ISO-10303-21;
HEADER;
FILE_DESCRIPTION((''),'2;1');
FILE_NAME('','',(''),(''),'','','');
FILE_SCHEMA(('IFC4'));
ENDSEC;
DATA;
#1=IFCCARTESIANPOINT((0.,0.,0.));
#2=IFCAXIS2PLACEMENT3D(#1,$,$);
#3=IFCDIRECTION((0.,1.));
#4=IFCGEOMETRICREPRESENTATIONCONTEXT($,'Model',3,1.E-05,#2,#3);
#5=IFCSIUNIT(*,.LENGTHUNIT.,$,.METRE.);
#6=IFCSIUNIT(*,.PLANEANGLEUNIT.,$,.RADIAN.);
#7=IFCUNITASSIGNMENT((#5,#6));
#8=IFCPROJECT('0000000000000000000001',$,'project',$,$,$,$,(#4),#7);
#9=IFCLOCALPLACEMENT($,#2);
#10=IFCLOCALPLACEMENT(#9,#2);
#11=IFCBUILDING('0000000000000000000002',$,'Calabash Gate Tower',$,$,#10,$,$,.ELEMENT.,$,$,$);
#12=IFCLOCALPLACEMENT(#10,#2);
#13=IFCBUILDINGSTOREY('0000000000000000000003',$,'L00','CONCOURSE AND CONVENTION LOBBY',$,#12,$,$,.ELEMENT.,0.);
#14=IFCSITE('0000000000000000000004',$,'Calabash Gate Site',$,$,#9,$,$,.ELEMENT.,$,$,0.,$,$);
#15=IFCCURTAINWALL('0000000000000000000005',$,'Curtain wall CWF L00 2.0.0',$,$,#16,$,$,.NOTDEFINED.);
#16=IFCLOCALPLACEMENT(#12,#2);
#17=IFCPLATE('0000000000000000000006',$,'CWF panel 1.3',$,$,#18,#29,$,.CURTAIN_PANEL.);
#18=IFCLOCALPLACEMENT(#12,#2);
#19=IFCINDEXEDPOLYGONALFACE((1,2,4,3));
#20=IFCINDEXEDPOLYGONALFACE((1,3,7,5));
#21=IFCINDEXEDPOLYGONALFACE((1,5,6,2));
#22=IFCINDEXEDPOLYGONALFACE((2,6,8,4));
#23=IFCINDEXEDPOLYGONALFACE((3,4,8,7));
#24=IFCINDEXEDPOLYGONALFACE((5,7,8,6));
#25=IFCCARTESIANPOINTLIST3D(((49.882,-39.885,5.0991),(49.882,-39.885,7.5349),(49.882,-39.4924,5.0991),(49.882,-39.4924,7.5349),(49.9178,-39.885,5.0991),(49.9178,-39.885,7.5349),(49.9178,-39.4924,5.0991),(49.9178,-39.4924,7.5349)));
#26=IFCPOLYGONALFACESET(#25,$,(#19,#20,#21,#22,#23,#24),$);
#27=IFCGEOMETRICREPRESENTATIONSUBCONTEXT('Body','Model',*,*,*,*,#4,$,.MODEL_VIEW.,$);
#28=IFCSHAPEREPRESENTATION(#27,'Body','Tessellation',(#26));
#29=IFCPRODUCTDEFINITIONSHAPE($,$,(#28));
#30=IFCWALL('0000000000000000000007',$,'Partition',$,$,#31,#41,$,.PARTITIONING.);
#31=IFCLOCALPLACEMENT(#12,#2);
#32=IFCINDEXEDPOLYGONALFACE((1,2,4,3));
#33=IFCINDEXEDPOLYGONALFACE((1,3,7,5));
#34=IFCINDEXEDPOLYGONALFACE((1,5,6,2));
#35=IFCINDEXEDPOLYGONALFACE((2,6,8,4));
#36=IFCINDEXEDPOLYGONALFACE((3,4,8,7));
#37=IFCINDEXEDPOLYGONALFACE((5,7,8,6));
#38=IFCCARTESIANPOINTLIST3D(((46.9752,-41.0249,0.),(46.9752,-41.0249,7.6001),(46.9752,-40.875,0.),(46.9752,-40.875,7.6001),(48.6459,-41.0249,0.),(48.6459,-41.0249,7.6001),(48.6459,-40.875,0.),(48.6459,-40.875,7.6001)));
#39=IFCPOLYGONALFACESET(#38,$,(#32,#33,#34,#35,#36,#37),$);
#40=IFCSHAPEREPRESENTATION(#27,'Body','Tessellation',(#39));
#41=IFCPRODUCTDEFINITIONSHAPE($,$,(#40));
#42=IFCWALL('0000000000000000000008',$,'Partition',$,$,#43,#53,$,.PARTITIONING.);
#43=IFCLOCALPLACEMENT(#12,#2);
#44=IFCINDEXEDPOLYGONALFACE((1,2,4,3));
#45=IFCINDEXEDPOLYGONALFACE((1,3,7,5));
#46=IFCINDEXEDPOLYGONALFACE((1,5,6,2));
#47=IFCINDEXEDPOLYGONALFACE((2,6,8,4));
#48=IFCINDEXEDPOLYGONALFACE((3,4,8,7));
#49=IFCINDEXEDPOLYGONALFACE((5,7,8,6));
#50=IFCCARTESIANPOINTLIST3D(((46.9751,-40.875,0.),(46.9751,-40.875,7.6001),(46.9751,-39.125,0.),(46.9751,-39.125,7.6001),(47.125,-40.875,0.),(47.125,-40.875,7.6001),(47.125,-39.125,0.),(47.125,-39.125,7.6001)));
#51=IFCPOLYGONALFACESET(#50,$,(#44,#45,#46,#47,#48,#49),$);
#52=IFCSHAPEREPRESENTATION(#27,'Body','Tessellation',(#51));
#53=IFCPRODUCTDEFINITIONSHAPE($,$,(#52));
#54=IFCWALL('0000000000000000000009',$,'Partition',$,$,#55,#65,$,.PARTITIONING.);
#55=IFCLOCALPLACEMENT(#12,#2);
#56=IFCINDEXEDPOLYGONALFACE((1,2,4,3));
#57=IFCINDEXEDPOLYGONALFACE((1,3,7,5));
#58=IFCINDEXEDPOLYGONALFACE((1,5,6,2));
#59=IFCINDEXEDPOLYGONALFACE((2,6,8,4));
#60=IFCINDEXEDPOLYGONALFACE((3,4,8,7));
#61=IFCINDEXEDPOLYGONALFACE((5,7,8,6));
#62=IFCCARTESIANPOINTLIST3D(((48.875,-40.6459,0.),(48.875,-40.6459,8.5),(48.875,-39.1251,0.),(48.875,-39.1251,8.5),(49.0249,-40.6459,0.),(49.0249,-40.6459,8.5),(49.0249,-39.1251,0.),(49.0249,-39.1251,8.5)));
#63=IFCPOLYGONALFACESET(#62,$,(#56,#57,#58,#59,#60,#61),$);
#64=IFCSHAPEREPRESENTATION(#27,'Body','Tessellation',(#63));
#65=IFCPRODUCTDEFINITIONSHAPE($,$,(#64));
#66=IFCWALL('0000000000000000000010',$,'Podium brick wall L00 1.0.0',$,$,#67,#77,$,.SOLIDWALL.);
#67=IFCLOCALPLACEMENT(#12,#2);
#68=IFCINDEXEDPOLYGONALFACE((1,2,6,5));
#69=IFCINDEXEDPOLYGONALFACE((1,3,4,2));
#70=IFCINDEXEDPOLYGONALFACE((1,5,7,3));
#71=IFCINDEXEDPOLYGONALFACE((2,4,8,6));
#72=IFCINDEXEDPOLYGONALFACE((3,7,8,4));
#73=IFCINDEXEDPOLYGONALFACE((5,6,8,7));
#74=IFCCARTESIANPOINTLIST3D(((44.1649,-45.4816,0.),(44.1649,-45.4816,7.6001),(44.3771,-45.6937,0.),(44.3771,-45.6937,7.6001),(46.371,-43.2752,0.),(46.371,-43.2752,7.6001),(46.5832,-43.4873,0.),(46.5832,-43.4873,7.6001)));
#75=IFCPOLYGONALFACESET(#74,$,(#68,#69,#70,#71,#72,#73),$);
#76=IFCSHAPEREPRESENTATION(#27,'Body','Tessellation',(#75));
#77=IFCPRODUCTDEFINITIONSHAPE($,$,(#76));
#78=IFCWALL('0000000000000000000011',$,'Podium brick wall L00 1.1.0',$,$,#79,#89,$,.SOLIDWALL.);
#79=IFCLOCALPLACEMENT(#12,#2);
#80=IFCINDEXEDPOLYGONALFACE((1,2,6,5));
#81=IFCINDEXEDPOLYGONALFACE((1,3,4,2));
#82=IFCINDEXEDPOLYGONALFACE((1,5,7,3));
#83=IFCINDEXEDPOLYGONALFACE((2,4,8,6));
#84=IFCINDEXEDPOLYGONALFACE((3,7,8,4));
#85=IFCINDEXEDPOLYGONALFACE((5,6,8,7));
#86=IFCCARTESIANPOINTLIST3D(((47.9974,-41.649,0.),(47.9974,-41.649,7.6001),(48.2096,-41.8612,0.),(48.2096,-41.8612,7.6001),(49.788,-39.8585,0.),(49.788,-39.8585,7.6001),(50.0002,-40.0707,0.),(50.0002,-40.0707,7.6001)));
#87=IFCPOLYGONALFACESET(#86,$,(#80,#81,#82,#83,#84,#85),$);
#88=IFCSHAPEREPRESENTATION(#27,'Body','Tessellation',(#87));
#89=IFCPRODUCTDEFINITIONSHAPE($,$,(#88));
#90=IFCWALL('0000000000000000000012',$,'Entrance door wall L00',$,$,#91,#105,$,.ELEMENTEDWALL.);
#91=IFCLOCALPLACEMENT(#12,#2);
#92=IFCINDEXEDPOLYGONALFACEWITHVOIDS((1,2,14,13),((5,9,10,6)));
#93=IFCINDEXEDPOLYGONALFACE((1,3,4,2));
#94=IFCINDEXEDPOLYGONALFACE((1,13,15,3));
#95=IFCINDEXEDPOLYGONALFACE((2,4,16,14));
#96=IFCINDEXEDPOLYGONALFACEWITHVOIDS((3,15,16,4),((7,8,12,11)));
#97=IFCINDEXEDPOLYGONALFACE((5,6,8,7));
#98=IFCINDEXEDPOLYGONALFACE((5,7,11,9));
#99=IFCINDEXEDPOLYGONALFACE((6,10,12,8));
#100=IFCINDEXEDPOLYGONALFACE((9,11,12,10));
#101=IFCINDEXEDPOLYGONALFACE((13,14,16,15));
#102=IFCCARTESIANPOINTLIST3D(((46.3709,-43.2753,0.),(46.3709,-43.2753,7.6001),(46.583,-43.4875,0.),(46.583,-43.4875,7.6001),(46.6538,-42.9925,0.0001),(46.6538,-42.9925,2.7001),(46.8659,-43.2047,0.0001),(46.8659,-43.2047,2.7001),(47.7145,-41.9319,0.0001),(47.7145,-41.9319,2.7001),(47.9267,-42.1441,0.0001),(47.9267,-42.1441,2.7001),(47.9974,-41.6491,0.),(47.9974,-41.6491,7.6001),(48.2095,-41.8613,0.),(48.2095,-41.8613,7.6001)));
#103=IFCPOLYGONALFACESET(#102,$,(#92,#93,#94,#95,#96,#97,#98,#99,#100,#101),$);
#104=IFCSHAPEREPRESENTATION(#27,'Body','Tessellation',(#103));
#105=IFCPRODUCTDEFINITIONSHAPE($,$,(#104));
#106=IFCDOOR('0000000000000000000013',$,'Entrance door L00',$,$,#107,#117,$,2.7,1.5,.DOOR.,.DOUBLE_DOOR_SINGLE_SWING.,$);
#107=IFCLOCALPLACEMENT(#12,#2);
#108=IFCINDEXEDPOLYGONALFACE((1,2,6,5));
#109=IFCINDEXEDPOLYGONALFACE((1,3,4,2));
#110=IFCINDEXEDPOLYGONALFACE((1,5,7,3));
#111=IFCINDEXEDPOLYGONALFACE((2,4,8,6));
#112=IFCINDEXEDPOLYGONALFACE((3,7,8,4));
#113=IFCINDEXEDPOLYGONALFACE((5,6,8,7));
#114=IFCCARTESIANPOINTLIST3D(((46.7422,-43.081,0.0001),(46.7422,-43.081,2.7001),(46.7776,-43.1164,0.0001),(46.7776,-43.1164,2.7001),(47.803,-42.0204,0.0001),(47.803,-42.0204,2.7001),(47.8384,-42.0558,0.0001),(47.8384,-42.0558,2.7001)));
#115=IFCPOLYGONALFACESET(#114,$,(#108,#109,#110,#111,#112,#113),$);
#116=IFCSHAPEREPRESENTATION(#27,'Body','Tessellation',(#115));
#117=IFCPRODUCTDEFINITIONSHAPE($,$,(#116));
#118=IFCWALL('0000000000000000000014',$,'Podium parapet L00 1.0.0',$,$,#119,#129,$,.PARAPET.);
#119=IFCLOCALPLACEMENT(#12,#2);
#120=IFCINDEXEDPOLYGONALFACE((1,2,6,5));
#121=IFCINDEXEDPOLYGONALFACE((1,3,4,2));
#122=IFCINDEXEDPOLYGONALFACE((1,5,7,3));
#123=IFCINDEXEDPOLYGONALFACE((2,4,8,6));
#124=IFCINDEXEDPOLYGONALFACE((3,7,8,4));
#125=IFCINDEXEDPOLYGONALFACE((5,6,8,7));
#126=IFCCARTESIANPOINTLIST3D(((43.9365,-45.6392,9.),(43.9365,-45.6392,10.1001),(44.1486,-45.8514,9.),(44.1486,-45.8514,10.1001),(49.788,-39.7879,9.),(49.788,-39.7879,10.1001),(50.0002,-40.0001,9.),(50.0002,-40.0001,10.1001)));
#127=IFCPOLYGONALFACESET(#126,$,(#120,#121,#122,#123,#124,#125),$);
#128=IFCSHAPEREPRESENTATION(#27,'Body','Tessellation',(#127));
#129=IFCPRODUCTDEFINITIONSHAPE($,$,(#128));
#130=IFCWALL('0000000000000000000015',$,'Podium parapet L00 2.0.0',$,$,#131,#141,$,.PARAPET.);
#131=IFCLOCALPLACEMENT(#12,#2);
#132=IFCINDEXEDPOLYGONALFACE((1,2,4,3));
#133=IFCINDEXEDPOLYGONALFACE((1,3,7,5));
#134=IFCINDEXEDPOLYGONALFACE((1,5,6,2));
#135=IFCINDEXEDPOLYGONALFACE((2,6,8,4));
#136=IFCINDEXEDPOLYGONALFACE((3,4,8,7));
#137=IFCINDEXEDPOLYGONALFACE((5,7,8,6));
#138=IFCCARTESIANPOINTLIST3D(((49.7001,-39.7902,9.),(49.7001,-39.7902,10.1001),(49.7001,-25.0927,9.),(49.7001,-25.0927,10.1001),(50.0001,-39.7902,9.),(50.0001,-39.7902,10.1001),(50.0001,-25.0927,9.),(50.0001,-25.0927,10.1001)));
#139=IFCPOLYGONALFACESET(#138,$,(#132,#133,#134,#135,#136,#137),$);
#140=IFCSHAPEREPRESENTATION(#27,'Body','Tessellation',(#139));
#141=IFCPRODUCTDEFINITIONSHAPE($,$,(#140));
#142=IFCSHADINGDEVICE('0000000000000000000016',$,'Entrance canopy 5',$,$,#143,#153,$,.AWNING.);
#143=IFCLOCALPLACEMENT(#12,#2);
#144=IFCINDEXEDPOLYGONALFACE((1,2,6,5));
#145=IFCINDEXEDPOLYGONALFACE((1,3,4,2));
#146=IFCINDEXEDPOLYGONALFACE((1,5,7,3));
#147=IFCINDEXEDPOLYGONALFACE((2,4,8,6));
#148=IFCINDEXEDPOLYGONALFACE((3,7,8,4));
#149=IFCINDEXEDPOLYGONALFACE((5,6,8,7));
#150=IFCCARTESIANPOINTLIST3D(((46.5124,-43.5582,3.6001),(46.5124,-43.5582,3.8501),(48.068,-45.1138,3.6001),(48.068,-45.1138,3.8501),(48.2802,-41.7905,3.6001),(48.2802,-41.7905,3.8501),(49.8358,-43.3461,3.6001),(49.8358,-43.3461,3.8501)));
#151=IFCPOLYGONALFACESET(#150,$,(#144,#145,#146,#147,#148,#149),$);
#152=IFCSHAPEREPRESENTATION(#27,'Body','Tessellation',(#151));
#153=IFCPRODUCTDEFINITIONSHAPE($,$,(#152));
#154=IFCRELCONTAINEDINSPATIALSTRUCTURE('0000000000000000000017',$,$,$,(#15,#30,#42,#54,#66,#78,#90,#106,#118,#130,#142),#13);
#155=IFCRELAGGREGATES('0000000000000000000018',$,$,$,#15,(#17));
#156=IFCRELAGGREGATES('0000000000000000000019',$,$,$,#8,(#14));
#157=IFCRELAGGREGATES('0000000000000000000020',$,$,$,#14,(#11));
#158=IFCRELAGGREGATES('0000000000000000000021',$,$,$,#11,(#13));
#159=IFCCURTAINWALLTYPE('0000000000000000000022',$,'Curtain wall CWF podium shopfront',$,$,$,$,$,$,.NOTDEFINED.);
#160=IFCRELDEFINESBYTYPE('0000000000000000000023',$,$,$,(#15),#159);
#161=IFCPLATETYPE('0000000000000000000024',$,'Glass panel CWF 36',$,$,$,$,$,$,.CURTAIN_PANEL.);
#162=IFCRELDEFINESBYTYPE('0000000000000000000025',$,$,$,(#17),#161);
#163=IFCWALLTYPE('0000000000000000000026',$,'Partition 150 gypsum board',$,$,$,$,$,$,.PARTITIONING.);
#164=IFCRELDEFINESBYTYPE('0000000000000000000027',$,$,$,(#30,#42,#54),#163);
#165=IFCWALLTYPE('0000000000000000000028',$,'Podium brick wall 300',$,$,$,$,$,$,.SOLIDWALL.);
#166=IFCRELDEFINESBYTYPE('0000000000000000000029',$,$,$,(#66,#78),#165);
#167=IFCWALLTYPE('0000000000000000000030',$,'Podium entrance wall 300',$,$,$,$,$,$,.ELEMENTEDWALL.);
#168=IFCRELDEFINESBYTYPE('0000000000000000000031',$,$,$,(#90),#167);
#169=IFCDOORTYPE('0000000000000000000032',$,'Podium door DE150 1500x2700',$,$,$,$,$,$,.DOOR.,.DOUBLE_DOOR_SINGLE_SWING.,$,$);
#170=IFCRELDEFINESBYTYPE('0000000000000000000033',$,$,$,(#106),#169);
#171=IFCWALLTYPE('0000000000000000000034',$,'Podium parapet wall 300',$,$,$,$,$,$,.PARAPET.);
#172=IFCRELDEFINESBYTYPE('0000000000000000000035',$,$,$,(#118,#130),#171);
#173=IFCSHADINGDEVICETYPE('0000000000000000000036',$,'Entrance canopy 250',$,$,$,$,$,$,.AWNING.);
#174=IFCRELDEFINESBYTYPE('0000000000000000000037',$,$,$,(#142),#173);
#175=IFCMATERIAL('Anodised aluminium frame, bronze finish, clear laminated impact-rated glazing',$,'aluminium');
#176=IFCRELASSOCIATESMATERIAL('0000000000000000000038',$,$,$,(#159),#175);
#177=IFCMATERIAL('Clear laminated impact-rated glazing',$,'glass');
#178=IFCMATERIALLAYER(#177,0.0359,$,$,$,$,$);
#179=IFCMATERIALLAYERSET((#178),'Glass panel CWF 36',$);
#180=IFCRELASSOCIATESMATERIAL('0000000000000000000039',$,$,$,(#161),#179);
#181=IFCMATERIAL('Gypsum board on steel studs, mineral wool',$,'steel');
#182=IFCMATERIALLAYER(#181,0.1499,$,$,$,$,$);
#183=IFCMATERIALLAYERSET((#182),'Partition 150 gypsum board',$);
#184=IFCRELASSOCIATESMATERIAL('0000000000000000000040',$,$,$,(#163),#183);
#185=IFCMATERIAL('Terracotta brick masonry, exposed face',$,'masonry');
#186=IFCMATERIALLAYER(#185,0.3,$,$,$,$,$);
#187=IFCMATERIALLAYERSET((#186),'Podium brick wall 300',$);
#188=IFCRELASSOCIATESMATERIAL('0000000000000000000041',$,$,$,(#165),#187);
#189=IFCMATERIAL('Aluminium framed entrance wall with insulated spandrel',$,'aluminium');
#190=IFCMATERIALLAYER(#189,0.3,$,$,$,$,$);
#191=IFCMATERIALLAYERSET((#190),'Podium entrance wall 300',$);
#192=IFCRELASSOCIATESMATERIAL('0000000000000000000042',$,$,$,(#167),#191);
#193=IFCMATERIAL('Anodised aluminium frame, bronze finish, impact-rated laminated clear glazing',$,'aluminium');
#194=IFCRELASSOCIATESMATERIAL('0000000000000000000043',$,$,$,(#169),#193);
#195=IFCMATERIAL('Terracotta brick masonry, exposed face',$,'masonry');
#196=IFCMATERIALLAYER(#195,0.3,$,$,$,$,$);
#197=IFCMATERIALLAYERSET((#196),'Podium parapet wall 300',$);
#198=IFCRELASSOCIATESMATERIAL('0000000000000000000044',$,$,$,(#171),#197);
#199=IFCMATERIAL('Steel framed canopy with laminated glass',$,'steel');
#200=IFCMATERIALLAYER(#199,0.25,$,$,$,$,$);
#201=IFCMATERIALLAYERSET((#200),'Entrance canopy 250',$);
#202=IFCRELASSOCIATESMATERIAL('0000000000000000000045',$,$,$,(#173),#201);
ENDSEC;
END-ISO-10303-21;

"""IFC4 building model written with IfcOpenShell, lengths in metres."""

from ifc_helpers import new_model, si_unit, direction, frame, frame_2d, origin, origin_2d, place, context, subcontext, project, spatial, rectangle, extrude, material, layer, layer_set, type_object, element, fill, aggregate, save


model = new_model("IFC4")

# Units and contexts
model_context = context("Model", 3, precision=1e-05, world=origin(), true_north=direction((0.0, 1.0)))
body_context = subcontext(model_context, "Body", "Model", "MODEL_VIEW")
ifc_project = project(units=[si_unit("LENGTHUNIT", "METRE"), si_unit("PLANEANGLEUNIT", "RADIAN")], contexts=[model_context])

# Site, building, storey
site_placement = place(None, origin())
site = spatial("IfcSite", under=ifc_project, at=site_placement, Name="Calabash Gate Site", CompositionType="ELEMENT", RefElevation=0.0)
building_placement = place(site_placement, origin())
building = spatial("IfcBuilding", under=site, at=building_placement, Name="Calabash Gate Tower", CompositionType="ELEMENT")
storey_placement = place(building_placement, origin())
storey = spatial("IfcBuildingStorey", under=building, at=storey_placement, Name="L00", Description="CONCOURSE AND CONVENTION LOBBY", CompositionType="ELEMENT", Elevation=0.0)

# Curtain wall
ifc_material_1 = material(Name="Anodised aluminium frame, bronze finish, clear laminated impact-rated glazing", Category="aluminium")
curtain_wall_type = type_object("IfcCurtainWallType", Name="Curtain wall CWF podium shopfront", PredefinedType="NOTDEFINED", material=ifc_material_1)
curtain_wall_placement = place(storey_placement, origin())
curtain_wall = element("IfcCurtainWall", 1, at=curtain_wall_placement, inside=storey, type_object=curtain_wall_type, Name="Curtain wall CWF L00 2.0.0", PredefinedType="NOTDEFINED")

# Plate
ifc_material_2 = material(Name="Clear laminated impact-rated glazing", Category="glass")
ifc_layer_1 = layer(ifc_material_2, 0.0359)
ifc_layer_set_1 = layer_set([ifc_layer_1], Name="Glass panel CWF 36")
plate_type = type_object("IfcPlateType", Name="Glass panel CWF 36", PredefinedType="CURTAIN_PANEL", material=ifc_layer_set_1)
plate_1_placement = place(storey_placement, frame((49.8999, -39.6887, 5.0991), z_axis=(0.0, 0.0, 1.0), x_axis=(0.0, 1.0, 0.0)))
plate_1 = element("IfcPlate", 2, at=plate_1_placement, type_object=plate_type, Name="CWF panel 1.3", PredefinedType="CURTAIN_PANEL", context=body_context, shape_type="SweptSolid", body=[
    extrude(rectangle(XDim=0.3926, YDim=0.0359, at=origin_2d()), origin(), (0.0, 0.0, 1.0), 2.4358),
])
aggregate(curtain_wall, [plate_1])

# Walls
ifc_material_3 = material(Name="Gypsum board on steel studs, mineral wool", Category="steel")
ifc_layer_2 = layer(ifc_material_3, 0.1499)
ifc_layer_set_2 = layer_set([ifc_layer_2], Name="Partition 150 gypsum board")
wall_type_1 = type_object("IfcWallType", Name="Partition 150 gypsum board", PredefinedType="PARTITIONING", material=ifc_layer_set_2)
wall_1_placement = place(storey_placement, frame((46.9751, -40.95, 0.0), z_axis=(0.0, 0.0, 1.0), x_axis=(1.0, 0.0, 0.0)))
element("IfcWall", 3, at=wall_1_placement, inside=storey, type_object=wall_type_1, Name="Partition", PredefinedType="PARTITIONING", context=body_context, shape_type="SweptSolid", body=[
    extrude(rectangle(XDim=1.6707, YDim=0.1499, at=frame_2d((0.8354, 0.0))), origin(), (0.0, 0.0, 1.0), 7.6001),
])
wall_2_placement = place(storey_placement, frame((47.05, -40.875, 0.0), z_axis=(0.0, 0.0, 1.0), x_axis=(0.0, 1.0, 0.0)))
element("IfcWall", 4, at=wall_2_placement, inside=storey, type_object=wall_type_1, Name="Partition", PredefinedType="PARTITIONING", context=body_context, shape_type="SweptSolid", body=[
    extrude(rectangle(XDim=1.75, YDim=0.1499, at=frame_2d((0.875, 0.0))), origin(), (0.0, 0.0, 1.0), 7.6001),
])
wall_3_placement = place(storey_placement, frame((48.95, -40.6458, 0.0), z_axis=(0.0, 0.0, 1.0), x_axis=(0.0, 1.0, 0.0)))
element("IfcWall", 5, at=wall_3_placement, inside=storey, type_object=wall_type_1, Name="Partition", PredefinedType="PARTITIONING", context=body_context, shape_type="SweptSolid", body=[
    extrude(rectangle(XDim=1.5208, YDim=0.1499, at=frame_2d((0.7603, 0.0))), origin(), (0.0, 0.0, 1.0), 8.5),
])
ifc_material_4 = material(Name="Terracotta brick masonry, exposed face", Category="masonry")
ifc_layer_3 = layer(ifc_material_4, 0.3)
ifc_layer_set_3 = layer_set([ifc_layer_3], Name="Podium brick wall 300")
wall_type_2 = type_object("IfcWallType", Name="Podium brick wall 300", PredefinedType="SOLIDWALL", material=ifc_layer_set_3)
wall_4_placement = place(storey_placement, frame((44.271, -45.5876, 0.0), z_axis=(0.0, 0.0, 1.0), x_axis=(0.707068, 0.707146, 0.0)))
element("IfcWall", 6, at=wall_4_placement, inside=storey, type_object=wall_type_2, Name="Podium brick wall L00 1.0.0", PredefinedType="SOLIDWALL", context=body_context, shape_type="SweptSolid", body=[
    extrude(rectangle(XDim=3.1201, YDim=0.3, at=frame_2d((1.5601, 0.0))), origin(), (0.0, 0.0, 1.0), 7.6001),
])
wall_5_placement = place(storey_placement, frame((48.1035, -41.7551, 0.0), z_axis=(0.0, 0.0, 1.0), x_axis=(0.707107, 0.707107, 0.0)))
element("IfcWall", 7, at=wall_5_placement, inside=storey, type_object=wall_type_2, Name="Podium brick wall L00 1.1.0", PredefinedType="SOLIDWALL", context=body_context, shape_type="SweptSolid", body=[
    extrude(rectangle(XDim=2.5322, YDim=0.3, at=frame_2d((1.2661, 0.0))), origin(), (0.0, 0.0, 1.0), 7.6001),
])

# Wall, opening, door
ifc_material_5 = material(Name="Aluminium framed entrance wall with insulated spandrel", Category="aluminium")
ifc_layer_4 = layer(ifc_material_5, 0.3)
ifc_layer_set_4 = layer_set([ifc_layer_4], Name="Podium entrance wall 300")
wall_type_3 = type_object("IfcWallType", Name="Podium entrance wall 300", PredefinedType="ELEMENTEDWALL", material=ifc_layer_set_4)
wall_6_placement = place(storey_placement, frame((46.4771, -43.3813, 0.0), z_axis=(0.0, 0.0, 1.0), x_axis=(0.70716, 0.707054, 0.0)))
wall_6 = element("IfcWall", 8, at=wall_6_placement, inside=storey, type_object=wall_type_3, Name="Entrance door wall L00", PredefinedType="ELEMENTEDWALL", context=body_context, shape_type="SweptSolid", body=[
    extrude(rectangle(XDim=2.3, YDim=0.3, at=frame_2d((1.1499, 0.0))), origin(), (0.0, 0.0, 1.0), 7.6001),
])
opening_placement = place(wall_6_placement, frame((0.3999, 0.0, 0.0)))
opening = element("IfcOpeningElement", 9, at=opening_placement, cuts=wall_6, PredefinedType="OPENING", context=body_context, shape_type="SweptSolid", body=[
    extrude(rectangle(XDim=1.5, YDim=2.7, at=frame_2d((0.75, 1.3501))), frame((0.0, 0.1599, 0.0), z_axis=(0.0, -1.0, 0.0), x_axis=(1.0, 0.0, 0.0)), (0.0, 0.0, 1.0), 0.3201),
])
ifc_material_6 = material(Name="Anodised aluminium frame, bronze finish, impact-rated laminated clear glazing", Category="aluminium")
door_type = type_object("IfcDoorType", Name="Podium door DE150 1500x2700", OperationType="DOUBLE_DOOR_SINGLE_SWING", PredefinedType="DOOR", material=ifc_material_6)
door_placement = place(opening_placement, origin())
door = element("IfcDoor", 10, at=door_placement, inside=storey, type_object=door_type, Name="Entrance door L00", OperationType="DOUBLE_DOOR_SINGLE_SWING", OverallHeight=2.7, OverallWidth=1.5, PredefinedType="DOOR", context=body_context, shape_type="SweptSolid", body=[
    extrude(rectangle(XDim=1.5, YDim=2.7, at=frame_2d((0.75, 1.3501))), frame((0.0, 0.0249, 0.0), z_axis=(0.0, -1.0, 0.0), x_axis=(1.0, 0.0, 0.0)), (0.0, 0.0, 1.0), 0.05),
])
fill(opening, door)

# Walls
ifc_material_7 = material(Name="Terracotta brick masonry, exposed face", Category="masonry")
ifc_layer_5 = layer(ifc_material_7, 0.3)
ifc_layer_set_5 = layer_set([ifc_layer_5], Name="Podium parapet wall 300")
wall_type_4 = type_object("IfcWallType", Name="Podium parapet wall 300", PredefinedType="PARAPET", material=ifc_layer_set_5)
wall_7_placement = place(storey_placement, frame((44.0425, -45.7454, 9.0), z_axis=(0.0, 0.0, 1.0), x_axis=(0.707122, 0.707092, 0.0)))
element("IfcWall", 11, at=wall_7_placement, inside=storey, type_object=wall_type_4, Name="Podium parapet L00 1.0.0", PredefinedType="PARAPET", context=body_context, shape_type="SweptSolid", body=[
    extrude(rectangle(XDim=8.2751, YDim=0.3, at=frame_2d((4.1377, 0.0))), origin(), (0.0, 0.0, 1.0), 1.1001),
])
wall_8_placement = place(storey_placement, frame((49.8501, -39.79, 9.0), z_axis=(0.0, 0.0, 1.0), x_axis=(0.0, 1.0, 0.0)))
element("IfcWall", 12, at=wall_8_placement, inside=storey, type_object=wall_type_4, Name="Podium parapet L00 2.0.0", PredefinedType="PARAPET", context=body_context, shape_type="SweptSolid", body=[
    extrude(rectangle(XDim=14.6975, YDim=0.3, at=frame_2d((7.3486, 0.0))), origin(), (0.0, 0.0, 1.0), 1.1001),
])

# Shading device
ifc_material_8 = material(Name="Steel framed canopy with laminated glass", Category="steel")
ifc_layer_6 = layer(ifc_material_8, 0.25)
ifc_layer_set_6 = layer_set([ifc_layer_6], Name="Entrance canopy 250")
shading_device_type = type_object("IfcShadingDeviceType", Name="Entrance canopy 250", PredefinedType="AWNING", material=ifc_layer_set_6)
shading_device_placement = place(storey_placement, frame((48.1741, -43.4521, 3.6001), z_axis=(0.0, 0.0, 1.0), x_axis=(0.707107, 0.707107, 0.0)))
element("IfcShadingDevice", 13, at=shading_device_placement, inside=storey, type_object=shading_device_type, Name="Entrance canopy 5", PredefinedType="AWNING", context=body_context, shape_type="SweptSolid", body=[
    extrude(rectangle(XDim=2.5, YDim=2.2, at=origin_2d()), origin(), (0.0, 0.0, 1.0), 0.25),
])

save(model, "model.ifc")
